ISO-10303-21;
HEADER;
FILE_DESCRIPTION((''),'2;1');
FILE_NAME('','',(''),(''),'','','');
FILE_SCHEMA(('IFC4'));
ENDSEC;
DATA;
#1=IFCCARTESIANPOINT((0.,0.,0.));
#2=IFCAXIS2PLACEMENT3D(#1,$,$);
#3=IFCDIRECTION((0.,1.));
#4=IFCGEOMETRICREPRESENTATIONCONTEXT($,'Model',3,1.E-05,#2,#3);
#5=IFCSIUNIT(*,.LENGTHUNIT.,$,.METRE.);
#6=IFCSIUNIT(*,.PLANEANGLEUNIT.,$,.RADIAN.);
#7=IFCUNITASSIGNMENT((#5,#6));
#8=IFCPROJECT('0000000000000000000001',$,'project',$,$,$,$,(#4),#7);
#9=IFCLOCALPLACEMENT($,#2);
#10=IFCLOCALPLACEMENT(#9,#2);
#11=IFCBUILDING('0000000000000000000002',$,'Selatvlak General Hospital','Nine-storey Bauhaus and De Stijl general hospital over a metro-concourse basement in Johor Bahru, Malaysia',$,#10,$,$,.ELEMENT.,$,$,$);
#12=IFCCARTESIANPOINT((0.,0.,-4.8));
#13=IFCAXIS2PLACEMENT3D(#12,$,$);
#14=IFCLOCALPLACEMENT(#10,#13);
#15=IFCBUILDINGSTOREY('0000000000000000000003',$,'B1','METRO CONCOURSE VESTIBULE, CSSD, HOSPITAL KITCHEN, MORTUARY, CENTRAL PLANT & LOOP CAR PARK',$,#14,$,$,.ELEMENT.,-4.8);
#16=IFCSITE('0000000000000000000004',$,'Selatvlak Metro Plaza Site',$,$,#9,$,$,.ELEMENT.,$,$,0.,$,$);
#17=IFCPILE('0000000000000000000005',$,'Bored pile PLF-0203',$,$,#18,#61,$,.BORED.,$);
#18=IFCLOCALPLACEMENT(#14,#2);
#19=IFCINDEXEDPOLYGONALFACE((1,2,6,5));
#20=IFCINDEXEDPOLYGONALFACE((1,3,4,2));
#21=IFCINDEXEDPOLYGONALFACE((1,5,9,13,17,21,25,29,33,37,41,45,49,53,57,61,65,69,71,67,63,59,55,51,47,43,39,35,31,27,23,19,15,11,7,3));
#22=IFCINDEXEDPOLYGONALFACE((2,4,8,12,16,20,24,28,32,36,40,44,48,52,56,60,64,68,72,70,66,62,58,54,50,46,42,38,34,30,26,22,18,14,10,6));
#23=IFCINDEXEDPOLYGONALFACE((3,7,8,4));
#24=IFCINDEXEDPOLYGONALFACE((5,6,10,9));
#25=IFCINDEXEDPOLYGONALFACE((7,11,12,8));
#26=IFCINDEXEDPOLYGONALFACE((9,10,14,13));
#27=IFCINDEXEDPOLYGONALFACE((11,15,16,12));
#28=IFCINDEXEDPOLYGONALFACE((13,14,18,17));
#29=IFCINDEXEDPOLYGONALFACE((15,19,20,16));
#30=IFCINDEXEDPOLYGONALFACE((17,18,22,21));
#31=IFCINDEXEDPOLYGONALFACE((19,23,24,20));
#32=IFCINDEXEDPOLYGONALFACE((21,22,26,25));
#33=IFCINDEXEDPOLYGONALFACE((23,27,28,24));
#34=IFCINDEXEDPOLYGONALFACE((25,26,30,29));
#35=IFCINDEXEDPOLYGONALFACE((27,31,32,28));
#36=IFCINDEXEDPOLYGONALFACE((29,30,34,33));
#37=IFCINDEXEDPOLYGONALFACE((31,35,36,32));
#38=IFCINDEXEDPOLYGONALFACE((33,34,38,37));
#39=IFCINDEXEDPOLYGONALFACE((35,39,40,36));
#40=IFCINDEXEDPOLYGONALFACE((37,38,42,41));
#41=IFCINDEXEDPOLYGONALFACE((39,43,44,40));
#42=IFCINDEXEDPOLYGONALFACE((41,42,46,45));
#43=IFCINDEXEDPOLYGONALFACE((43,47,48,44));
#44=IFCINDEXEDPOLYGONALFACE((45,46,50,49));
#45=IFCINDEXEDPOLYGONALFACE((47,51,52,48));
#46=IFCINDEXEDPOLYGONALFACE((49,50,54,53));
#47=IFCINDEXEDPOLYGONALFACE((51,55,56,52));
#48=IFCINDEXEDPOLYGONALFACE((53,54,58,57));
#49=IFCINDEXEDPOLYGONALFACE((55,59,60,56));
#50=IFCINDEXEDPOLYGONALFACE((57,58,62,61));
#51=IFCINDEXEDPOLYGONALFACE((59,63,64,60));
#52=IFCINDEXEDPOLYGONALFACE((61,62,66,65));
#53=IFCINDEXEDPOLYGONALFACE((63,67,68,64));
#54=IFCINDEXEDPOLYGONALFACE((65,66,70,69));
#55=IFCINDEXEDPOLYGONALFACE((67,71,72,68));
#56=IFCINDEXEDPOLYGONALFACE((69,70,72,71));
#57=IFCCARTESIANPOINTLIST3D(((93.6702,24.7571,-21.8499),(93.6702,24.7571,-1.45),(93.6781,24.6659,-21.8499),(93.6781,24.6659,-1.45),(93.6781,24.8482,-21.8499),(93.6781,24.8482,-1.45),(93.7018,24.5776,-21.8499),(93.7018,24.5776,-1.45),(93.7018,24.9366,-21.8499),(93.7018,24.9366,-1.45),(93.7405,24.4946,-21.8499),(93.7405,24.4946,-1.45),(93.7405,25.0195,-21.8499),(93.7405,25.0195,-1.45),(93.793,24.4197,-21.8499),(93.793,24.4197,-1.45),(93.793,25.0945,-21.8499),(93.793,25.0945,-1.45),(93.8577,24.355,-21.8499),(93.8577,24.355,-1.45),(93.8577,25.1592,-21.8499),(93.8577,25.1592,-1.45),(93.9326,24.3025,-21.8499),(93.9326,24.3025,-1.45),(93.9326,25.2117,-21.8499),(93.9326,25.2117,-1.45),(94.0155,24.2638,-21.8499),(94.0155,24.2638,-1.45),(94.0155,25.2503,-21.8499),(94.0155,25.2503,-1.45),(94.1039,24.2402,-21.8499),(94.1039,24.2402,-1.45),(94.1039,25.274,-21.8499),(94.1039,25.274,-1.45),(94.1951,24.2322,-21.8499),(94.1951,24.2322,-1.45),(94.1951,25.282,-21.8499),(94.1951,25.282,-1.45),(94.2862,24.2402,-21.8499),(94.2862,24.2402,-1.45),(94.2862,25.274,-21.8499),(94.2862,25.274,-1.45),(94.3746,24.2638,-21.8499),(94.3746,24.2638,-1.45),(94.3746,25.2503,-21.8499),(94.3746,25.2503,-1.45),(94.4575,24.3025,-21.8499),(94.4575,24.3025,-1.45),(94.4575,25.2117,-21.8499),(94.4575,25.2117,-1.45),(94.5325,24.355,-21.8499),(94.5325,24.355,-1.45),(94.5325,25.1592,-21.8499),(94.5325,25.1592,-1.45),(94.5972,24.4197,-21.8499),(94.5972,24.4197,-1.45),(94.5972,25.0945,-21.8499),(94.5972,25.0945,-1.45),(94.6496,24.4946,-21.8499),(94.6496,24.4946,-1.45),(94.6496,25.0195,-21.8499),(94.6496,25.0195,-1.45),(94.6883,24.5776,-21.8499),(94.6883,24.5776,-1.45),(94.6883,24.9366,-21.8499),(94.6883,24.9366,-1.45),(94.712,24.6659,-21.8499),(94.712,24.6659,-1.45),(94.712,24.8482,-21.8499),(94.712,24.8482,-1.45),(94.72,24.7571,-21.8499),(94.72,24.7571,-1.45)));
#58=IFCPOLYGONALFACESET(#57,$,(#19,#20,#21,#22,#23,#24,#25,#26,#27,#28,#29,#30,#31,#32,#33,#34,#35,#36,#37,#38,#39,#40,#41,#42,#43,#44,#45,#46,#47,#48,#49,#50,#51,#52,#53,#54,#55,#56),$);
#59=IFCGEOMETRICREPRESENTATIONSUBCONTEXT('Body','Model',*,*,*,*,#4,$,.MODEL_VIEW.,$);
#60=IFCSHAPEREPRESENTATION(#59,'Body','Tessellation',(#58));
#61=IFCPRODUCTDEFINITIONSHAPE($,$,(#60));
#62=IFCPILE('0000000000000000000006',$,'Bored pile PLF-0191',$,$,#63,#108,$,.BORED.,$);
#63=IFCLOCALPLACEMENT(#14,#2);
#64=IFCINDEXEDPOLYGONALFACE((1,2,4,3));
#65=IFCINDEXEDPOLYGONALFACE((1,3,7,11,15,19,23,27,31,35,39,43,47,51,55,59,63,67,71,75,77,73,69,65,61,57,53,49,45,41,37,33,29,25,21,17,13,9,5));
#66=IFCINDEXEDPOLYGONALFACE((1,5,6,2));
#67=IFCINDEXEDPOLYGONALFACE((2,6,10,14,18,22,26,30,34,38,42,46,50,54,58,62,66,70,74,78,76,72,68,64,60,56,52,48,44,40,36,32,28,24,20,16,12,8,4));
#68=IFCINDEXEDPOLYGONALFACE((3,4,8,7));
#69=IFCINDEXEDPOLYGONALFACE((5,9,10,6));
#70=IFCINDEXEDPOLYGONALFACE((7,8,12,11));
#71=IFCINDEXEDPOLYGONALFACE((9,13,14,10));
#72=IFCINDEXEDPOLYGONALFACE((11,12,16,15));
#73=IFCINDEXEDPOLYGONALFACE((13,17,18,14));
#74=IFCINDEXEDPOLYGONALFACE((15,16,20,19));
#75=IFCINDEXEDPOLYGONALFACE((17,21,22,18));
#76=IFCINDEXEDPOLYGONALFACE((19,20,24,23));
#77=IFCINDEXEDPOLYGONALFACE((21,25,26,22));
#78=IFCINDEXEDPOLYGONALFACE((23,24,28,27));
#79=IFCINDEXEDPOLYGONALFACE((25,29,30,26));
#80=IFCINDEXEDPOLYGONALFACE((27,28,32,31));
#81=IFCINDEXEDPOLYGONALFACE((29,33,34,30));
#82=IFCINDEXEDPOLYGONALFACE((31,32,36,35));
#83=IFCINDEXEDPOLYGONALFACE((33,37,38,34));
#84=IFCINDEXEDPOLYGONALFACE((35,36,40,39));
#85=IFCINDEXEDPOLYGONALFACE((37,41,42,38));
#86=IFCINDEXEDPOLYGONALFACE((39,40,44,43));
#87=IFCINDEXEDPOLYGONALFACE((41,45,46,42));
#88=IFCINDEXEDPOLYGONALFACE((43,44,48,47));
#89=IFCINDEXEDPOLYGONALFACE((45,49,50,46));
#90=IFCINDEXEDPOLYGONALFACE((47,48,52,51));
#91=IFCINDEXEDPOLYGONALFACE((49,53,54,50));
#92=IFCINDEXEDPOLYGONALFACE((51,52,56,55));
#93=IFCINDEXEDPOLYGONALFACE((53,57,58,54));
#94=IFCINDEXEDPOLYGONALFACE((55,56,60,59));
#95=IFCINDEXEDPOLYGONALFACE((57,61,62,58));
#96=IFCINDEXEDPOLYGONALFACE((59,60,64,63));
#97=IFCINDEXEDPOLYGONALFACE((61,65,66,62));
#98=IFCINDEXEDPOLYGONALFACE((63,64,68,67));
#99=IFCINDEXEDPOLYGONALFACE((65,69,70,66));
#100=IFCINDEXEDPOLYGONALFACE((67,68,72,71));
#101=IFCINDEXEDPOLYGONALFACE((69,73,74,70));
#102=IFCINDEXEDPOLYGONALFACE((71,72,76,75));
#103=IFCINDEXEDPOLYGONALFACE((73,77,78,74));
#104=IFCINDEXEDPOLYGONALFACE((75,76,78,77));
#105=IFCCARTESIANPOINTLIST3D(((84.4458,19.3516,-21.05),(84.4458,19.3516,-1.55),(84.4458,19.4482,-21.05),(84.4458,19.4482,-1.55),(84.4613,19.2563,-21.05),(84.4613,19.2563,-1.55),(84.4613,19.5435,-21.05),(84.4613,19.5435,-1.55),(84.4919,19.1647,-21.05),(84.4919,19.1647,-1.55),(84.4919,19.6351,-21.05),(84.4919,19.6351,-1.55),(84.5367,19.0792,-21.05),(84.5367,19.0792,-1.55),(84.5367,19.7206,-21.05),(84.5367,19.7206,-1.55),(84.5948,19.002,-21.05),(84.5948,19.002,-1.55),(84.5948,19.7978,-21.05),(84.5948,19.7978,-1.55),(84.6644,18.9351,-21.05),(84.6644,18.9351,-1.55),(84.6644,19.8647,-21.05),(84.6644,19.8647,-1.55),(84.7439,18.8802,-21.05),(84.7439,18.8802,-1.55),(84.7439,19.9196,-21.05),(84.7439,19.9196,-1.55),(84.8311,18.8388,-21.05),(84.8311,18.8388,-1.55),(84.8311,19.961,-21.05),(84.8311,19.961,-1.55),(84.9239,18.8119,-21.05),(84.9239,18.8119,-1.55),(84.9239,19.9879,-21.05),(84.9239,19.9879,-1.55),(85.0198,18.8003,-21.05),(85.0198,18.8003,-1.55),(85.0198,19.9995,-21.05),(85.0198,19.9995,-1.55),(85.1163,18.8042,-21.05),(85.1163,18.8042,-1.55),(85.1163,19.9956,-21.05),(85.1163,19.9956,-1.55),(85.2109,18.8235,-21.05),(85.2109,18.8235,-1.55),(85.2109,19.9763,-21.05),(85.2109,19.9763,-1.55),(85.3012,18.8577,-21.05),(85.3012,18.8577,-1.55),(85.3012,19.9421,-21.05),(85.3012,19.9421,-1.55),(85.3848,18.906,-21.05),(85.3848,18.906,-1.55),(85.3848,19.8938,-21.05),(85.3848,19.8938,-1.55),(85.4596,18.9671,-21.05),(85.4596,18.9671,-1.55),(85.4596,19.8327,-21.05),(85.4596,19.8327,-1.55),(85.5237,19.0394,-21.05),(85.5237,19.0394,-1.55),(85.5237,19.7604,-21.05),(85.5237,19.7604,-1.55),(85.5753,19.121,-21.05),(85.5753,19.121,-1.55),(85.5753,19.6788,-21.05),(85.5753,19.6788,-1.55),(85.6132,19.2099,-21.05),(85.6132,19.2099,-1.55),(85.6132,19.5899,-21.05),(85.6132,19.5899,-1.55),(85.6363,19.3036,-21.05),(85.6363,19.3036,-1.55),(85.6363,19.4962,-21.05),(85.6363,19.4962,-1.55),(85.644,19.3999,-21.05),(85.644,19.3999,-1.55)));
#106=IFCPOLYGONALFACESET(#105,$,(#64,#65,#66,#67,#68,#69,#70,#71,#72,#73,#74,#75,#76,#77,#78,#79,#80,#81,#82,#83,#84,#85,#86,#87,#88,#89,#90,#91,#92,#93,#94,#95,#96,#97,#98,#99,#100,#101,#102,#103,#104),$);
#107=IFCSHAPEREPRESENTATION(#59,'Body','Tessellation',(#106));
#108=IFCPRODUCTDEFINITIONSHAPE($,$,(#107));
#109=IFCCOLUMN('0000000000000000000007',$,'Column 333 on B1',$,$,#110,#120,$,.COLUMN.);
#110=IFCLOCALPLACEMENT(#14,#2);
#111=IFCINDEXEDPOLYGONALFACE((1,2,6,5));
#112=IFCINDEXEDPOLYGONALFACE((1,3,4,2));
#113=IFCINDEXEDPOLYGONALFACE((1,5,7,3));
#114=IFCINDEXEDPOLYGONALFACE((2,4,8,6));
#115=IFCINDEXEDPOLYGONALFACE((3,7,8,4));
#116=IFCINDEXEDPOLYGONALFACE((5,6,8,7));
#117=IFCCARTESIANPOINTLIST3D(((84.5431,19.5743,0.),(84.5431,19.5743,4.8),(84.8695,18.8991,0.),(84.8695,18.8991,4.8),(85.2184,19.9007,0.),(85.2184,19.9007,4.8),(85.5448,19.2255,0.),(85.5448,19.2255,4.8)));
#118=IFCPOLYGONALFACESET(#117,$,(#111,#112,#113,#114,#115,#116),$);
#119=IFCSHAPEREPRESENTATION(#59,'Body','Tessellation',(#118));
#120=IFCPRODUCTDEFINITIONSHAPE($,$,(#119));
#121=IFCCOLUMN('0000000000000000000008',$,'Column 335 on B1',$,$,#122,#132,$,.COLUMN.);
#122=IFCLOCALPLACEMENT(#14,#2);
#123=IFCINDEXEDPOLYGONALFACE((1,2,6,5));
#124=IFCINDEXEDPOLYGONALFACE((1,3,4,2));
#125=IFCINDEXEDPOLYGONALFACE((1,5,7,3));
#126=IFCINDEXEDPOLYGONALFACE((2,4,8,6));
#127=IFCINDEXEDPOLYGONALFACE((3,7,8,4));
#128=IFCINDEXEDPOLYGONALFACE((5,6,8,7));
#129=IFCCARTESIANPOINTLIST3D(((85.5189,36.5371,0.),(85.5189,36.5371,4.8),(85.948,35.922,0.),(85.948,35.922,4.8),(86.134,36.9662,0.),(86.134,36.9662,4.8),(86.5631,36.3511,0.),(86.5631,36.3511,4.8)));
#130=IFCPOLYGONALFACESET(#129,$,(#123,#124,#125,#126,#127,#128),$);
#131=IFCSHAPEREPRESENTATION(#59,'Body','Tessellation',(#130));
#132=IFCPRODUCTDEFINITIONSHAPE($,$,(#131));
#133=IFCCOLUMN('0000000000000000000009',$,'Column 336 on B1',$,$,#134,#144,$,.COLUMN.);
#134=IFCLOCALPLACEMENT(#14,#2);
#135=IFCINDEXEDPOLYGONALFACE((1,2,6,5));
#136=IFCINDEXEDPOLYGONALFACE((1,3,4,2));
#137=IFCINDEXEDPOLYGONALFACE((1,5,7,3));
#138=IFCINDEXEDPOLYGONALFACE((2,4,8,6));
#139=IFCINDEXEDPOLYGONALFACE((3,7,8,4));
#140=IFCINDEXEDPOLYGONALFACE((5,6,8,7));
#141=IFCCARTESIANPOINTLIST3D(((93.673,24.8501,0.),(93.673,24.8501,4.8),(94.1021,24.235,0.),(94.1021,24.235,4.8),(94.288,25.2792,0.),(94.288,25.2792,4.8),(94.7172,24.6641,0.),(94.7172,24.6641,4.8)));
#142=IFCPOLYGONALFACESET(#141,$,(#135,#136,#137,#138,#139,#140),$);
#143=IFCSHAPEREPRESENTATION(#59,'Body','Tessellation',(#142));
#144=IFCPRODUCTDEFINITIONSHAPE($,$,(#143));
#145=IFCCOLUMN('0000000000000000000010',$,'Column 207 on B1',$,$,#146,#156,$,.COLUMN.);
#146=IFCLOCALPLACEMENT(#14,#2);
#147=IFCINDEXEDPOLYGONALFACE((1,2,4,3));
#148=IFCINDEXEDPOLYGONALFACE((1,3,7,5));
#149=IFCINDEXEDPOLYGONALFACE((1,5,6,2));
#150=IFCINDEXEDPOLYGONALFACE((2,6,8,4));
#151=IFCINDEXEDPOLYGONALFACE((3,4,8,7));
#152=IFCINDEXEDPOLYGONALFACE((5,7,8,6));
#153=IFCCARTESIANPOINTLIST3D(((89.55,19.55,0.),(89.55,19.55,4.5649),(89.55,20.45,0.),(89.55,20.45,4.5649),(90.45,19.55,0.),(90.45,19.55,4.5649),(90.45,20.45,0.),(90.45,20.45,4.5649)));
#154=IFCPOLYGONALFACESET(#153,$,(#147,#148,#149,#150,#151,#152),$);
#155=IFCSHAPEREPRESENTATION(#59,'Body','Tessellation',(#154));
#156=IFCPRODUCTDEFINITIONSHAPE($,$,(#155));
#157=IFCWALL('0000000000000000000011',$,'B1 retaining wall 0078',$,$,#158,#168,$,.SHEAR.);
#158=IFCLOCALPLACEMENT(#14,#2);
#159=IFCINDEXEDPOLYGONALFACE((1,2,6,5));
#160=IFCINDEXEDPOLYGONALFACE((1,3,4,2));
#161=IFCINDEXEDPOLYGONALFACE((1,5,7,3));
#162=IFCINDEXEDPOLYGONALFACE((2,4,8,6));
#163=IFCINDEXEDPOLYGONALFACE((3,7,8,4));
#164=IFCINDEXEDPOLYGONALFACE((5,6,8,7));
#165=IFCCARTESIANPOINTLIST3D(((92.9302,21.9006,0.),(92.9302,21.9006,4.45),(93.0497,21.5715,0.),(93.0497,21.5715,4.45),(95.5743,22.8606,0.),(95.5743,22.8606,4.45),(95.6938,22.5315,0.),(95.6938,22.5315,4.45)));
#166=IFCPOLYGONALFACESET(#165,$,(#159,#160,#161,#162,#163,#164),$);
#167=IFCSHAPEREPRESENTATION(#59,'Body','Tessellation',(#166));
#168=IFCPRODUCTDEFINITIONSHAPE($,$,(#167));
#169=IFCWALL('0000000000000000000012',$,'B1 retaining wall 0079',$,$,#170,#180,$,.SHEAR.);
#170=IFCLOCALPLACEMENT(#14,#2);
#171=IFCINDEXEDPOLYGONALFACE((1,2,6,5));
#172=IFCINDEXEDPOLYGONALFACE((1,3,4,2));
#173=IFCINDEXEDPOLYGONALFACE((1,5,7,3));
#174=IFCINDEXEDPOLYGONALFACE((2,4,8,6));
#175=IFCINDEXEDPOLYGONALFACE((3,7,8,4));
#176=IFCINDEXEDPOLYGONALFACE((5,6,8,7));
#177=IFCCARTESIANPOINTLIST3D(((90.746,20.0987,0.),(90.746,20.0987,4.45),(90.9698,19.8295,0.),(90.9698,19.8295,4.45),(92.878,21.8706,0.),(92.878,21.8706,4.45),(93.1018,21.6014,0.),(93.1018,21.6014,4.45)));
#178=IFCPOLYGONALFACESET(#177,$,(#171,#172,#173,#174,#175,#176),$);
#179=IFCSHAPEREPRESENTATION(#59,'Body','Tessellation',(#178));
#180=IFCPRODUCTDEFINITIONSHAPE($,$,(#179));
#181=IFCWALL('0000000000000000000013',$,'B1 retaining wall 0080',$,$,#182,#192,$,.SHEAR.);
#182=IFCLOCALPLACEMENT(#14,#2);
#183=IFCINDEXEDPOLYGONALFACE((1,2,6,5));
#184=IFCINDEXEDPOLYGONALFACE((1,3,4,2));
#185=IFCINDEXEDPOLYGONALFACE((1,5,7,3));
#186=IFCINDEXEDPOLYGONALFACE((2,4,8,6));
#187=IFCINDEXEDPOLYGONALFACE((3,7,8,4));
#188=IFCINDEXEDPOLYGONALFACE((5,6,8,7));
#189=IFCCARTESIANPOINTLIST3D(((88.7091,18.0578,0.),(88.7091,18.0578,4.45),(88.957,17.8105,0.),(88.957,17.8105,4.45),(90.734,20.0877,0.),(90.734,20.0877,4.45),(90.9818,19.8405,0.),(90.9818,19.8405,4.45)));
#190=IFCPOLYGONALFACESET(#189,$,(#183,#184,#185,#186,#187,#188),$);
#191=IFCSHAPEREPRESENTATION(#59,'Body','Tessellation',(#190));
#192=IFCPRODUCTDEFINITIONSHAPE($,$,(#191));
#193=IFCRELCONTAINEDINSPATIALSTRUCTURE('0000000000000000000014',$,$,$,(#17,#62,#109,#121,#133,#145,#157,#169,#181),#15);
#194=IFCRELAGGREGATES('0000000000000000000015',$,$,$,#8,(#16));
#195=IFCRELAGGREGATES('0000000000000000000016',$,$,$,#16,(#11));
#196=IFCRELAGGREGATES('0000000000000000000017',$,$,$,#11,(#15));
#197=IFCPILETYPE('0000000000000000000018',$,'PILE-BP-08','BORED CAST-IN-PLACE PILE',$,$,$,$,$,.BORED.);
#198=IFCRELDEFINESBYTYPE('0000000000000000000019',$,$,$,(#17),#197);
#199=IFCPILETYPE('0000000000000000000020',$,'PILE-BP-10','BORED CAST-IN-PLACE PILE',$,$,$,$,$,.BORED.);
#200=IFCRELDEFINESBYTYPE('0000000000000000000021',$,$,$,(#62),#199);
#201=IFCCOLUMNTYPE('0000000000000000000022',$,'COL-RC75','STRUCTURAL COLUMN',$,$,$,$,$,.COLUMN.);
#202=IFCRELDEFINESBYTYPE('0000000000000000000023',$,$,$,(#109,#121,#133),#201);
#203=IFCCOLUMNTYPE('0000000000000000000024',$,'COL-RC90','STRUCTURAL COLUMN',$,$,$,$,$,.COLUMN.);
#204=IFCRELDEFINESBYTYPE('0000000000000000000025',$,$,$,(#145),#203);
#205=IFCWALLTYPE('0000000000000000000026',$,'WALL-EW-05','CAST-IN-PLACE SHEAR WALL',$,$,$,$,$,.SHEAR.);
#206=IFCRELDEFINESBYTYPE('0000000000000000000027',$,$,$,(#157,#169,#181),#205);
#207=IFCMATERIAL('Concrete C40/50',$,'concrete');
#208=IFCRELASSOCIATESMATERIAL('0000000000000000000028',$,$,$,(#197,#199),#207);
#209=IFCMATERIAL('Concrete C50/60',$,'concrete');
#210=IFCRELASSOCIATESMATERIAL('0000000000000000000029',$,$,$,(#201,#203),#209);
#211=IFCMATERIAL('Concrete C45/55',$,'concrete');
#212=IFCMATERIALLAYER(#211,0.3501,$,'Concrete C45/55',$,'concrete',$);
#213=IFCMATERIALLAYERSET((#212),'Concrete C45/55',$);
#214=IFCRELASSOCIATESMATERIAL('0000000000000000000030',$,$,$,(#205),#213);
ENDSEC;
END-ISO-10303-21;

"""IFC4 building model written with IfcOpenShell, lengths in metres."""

from ifc_helpers import new_model, si_unit, direction, frame, frame_2d, origin, origin_2d, place, context, subcontext, project, spatial, rectangle, circle, extrude, material, layer, layer_set, material_profile, profile_set, type_object, element, save


model = new_model("IFC4")

# Units and contexts
model_context = context("Model", 3, precision=1e-05, world=origin(), true_north=direction((0.0, 1.0)))
body_context = subcontext(model_context, "Body", "Model", "MODEL_VIEW")
ifc_project = project(units=[si_unit("LENGTHUNIT", "METRE"), si_unit("PLANEANGLEUNIT", "RADIAN")], contexts=[model_context])

# Site, building, storey
site_placement = place(None, origin())
site = spatial("IfcSite", under=ifc_project, at=site_placement, Name="Selatvlak Metro Plaza Site", CompositionType="ELEMENT", RefElevation=0.0)
building_placement = place(site_placement, origin())
building = spatial("IfcBuilding", under=site, at=building_placement, Name="Selatvlak General Hospital", Description="Nine-storey Bauhaus and De Stijl general hospital over a metro-concourse basement in Johor Bahru, Malaysia", CompositionType="ELEMENT")
storey_placement = place(building_placement, frame((0.0, 0.0, -4.8)))
storey = spatial("IfcBuildingStorey", under=building, at=storey_placement, Name="B1", Description="METRO CONCOURSE VESTIBULE, CSSD, HOSPITAL KITCHEN, MORTUARY, CENTRAL PLANT & LOOP CAR PARK", CompositionType="ELEMENT", Elevation=-4.8)

# Shared definitions
ifc_material_1 = material(Name="Concrete C40/50", Category="concrete")

# Piles
ifc_material_profile_1 = material_profile(ifc_material_1, circle(Radius=0.5249, at=origin_2d()), Name="BORED PILE 1050")
ifc_profile_set_1 = profile_set([ifc_material_profile_1], Name="Concrete C40/50")
pile_type_1 = type_object("IfcPileType", Name="PILE-BP-08", Description="BORED CAST-IN-PLACE PILE", PredefinedType="BORED", material=ifc_profile_set_1)
pile_1_placement = place(storey_placement, frame((94.1951, 24.7571, -1.45), z_axis=(0.0, 0.0, -1.0), x_axis=(1.0, 0.0, 0.0)))
element("IfcPile", 1, at=pile_1_placement, inside=storey, type_object=pile_type_1, Name="Bored pile PLF-0203", PredefinedType="BORED", context=body_context, shape_type="SweptSolid", body=[
    extrude(circle(Radius=0.5249, at=origin_2d()), origin(), (0.0, 0.0, 1.0), 20.3999),
])
ifc_material_profile_2 = material_profile(ifc_material_1, circle(Radius=0.6001, at=origin_2d()), Name="BORED PILE 1200")
ifc_profile_set_2 = profile_set([ifc_material_profile_2], Name="Concrete C40/50")
pile_type_2 = type_object("IfcPileType", Name="PILE-BP-10", Description="BORED CAST-IN-PLACE PILE", PredefinedType="BORED", material=ifc_profile_set_2)
pile_2_placement = place(storey_placement, frame((85.0439, 19.3999, -1.55), z_axis=(0.0, 0.0, -1.0), x_axis=(1.0, 0.0, 0.0)))
element("IfcPile", 2, at=pile_2_placement, inside=storey, type_object=pile_type_2, Name="Bored pile PLF-0191", PredefinedType="BORED", context=body_context, shape_type="SweptSolid", body=[
    extrude(circle(Radius=0.6001, at=origin_2d()), origin(), (0.0, 0.0, 1.0), 19.5),
])

# Columns
ifc_material_2 = material(Name="Concrete C50/60", Category="concrete")
ifc_material_profile_3 = material_profile(ifc_material_2, rectangle(XDim=0.75, YDim=0.75, at=origin_2d()), Name="RC-COL 750x750")
ifc_profile_set_3 = profile_set([ifc_material_profile_3], Name="Concrete C50/60")
column_type_1 = type_object("IfcColumnType", Name="COL-RC75", Description="STRUCTURAL COLUMN", PredefinedType="COLUMN", material=ifc_profile_set_3)
for number, where, z_axis, x_axis, name in (
    (3, (85.0439, 19.3999, 0.0), (0.0, 0.0, 1.0), (-0.4352, 0.900334, 0.0), "Column 333 on B1"),
    (4, (86.041, 36.4441, 0.0), (0.0, 0.0, 1.0), (-0.572189, 0.820122, 0.0), "Column 335 on B1"),
    (5, (94.1951, 24.7571, 0.0), (0.0, 0.0, 1.0), (-0.572189, 0.820122, 0.0), "Column 336 on B1"),
):
    element("IfcColumn", number, at=place(storey_placement, frame(where, z_axis=z_axis, x_axis=x_axis)), inside=storey, type_object=column_type_1, Name=name, PredefinedType="COLUMN", context=body_context, shape_type="SweptSolid", body=[
        extrude(rectangle(XDim=0.75, YDim=0.75, at=origin_2d()), origin(), (0.0, 0.0, 1.0), 4.8),
    ])
ifc_material_profile_4 = material_profile(ifc_material_2, rectangle(XDim=0.8999, YDim=0.8999, at=origin_2d()), Name="RC-COL 900x900")
ifc_profile_set_4 = profile_set([ifc_material_profile_4], Name="Concrete C50/60")
column_type_2 = type_object("IfcColumnType", Name="COL-RC90", Description="STRUCTURAL COLUMN", PredefinedType="COLUMN", material=ifc_profile_set_4)
column_placement = place(storey_placement, frame((90.0, 20.0, 0.0), z_axis=(0.0, 0.0, 1.0), x_axis=(1.0, 0.0, 0.0)))
element("IfcColumn", 6, at=column_placement, inside=storey, type_object=column_type_2, Name="Column 207 on B1", PredefinedType="COLUMN", context=body_context, shape_type="SweptSolid", body=[
    extrude(rectangle(XDim=0.8999, YDim=0.8999, at=origin_2d()), origin(), (0.0, 0.0, 1.0), 4.5649),
])

# Walls
ifc_material_3 = material(Name="Concrete C45/55", Category="concrete")
ifc_layer_1 = layer(ifc_material_3, 0.3501, Name="Concrete C45/55", Category="concrete")
ifc_layer_set_1 = layer_set([ifc_layer_1], Name="Concrete C45/55")
wall_type_1 = type_object("IfcWallType", Name="WALL-EW-05", Description="CAST-IN-PLACE SHEAR WALL", PredefinedType="SHEAR", material=ifc_layer_set_1)
wall_1_placement = place(storey_placement, frame((95.634, 22.696, 0.0), z_axis=(0.0, 0.0, 1.0), x_axis=(-0.939966, -0.341269, 0.0)))
element("IfcWall", 7, at=wall_1_placement, inside=storey, type_object=wall_type_1, Name="B1 retaining wall 0078", PredefinedType="SHEAR", context=body_context, shape_type="SweptSolid", body=[
    extrude(rectangle(XDim=2.813, YDim=0.3501, at=frame_2d((1.4065, 0.0))), origin(), (0.0, 0.0, 1.0), 4.45),
])
wall_2_placement = place(storey_placement, frame((92.99, 21.7361, 0.0), z_axis=(0.0, 0.0, 1.0), x_axis=(-0.769065, -0.63917, 0.0)))
element("IfcWall", 8, at=wall_2_placement, inside=storey, type_object=wall_type_1, Name="B1 retaining wall 0079", PredefinedType="SHEAR", context=body_context, shape_type="SweptSolid", body=[
    extrude(rectangle(XDim=2.7722, YDim=0.3501, at=frame_2d((1.3862, 0.0))), origin(), (0.0, 0.0, 1.0), 4.45),
])
wall_3_placement = place(storey_placement, frame((90.8579, 19.9641, 0.0), z_axis=(0.0, 0.0, 1.0), x_axis=(-0.706212, -0.708, 0.0)))
element("IfcWall", 9, at=wall_3_placement, inside=storey, type_object=wall_type_1, Name="B1 retaining wall 0080", PredefinedType="SHEAR", context=body_context, shape_type="SweptSolid", body=[
    extrude(rectangle(XDim=2.8672, YDim=0.3501, at=frame_2d((1.4336, 0.0))), origin(), (0.0, 0.0, 1.0), 4.45),
])

save(model, "model.ifc")
